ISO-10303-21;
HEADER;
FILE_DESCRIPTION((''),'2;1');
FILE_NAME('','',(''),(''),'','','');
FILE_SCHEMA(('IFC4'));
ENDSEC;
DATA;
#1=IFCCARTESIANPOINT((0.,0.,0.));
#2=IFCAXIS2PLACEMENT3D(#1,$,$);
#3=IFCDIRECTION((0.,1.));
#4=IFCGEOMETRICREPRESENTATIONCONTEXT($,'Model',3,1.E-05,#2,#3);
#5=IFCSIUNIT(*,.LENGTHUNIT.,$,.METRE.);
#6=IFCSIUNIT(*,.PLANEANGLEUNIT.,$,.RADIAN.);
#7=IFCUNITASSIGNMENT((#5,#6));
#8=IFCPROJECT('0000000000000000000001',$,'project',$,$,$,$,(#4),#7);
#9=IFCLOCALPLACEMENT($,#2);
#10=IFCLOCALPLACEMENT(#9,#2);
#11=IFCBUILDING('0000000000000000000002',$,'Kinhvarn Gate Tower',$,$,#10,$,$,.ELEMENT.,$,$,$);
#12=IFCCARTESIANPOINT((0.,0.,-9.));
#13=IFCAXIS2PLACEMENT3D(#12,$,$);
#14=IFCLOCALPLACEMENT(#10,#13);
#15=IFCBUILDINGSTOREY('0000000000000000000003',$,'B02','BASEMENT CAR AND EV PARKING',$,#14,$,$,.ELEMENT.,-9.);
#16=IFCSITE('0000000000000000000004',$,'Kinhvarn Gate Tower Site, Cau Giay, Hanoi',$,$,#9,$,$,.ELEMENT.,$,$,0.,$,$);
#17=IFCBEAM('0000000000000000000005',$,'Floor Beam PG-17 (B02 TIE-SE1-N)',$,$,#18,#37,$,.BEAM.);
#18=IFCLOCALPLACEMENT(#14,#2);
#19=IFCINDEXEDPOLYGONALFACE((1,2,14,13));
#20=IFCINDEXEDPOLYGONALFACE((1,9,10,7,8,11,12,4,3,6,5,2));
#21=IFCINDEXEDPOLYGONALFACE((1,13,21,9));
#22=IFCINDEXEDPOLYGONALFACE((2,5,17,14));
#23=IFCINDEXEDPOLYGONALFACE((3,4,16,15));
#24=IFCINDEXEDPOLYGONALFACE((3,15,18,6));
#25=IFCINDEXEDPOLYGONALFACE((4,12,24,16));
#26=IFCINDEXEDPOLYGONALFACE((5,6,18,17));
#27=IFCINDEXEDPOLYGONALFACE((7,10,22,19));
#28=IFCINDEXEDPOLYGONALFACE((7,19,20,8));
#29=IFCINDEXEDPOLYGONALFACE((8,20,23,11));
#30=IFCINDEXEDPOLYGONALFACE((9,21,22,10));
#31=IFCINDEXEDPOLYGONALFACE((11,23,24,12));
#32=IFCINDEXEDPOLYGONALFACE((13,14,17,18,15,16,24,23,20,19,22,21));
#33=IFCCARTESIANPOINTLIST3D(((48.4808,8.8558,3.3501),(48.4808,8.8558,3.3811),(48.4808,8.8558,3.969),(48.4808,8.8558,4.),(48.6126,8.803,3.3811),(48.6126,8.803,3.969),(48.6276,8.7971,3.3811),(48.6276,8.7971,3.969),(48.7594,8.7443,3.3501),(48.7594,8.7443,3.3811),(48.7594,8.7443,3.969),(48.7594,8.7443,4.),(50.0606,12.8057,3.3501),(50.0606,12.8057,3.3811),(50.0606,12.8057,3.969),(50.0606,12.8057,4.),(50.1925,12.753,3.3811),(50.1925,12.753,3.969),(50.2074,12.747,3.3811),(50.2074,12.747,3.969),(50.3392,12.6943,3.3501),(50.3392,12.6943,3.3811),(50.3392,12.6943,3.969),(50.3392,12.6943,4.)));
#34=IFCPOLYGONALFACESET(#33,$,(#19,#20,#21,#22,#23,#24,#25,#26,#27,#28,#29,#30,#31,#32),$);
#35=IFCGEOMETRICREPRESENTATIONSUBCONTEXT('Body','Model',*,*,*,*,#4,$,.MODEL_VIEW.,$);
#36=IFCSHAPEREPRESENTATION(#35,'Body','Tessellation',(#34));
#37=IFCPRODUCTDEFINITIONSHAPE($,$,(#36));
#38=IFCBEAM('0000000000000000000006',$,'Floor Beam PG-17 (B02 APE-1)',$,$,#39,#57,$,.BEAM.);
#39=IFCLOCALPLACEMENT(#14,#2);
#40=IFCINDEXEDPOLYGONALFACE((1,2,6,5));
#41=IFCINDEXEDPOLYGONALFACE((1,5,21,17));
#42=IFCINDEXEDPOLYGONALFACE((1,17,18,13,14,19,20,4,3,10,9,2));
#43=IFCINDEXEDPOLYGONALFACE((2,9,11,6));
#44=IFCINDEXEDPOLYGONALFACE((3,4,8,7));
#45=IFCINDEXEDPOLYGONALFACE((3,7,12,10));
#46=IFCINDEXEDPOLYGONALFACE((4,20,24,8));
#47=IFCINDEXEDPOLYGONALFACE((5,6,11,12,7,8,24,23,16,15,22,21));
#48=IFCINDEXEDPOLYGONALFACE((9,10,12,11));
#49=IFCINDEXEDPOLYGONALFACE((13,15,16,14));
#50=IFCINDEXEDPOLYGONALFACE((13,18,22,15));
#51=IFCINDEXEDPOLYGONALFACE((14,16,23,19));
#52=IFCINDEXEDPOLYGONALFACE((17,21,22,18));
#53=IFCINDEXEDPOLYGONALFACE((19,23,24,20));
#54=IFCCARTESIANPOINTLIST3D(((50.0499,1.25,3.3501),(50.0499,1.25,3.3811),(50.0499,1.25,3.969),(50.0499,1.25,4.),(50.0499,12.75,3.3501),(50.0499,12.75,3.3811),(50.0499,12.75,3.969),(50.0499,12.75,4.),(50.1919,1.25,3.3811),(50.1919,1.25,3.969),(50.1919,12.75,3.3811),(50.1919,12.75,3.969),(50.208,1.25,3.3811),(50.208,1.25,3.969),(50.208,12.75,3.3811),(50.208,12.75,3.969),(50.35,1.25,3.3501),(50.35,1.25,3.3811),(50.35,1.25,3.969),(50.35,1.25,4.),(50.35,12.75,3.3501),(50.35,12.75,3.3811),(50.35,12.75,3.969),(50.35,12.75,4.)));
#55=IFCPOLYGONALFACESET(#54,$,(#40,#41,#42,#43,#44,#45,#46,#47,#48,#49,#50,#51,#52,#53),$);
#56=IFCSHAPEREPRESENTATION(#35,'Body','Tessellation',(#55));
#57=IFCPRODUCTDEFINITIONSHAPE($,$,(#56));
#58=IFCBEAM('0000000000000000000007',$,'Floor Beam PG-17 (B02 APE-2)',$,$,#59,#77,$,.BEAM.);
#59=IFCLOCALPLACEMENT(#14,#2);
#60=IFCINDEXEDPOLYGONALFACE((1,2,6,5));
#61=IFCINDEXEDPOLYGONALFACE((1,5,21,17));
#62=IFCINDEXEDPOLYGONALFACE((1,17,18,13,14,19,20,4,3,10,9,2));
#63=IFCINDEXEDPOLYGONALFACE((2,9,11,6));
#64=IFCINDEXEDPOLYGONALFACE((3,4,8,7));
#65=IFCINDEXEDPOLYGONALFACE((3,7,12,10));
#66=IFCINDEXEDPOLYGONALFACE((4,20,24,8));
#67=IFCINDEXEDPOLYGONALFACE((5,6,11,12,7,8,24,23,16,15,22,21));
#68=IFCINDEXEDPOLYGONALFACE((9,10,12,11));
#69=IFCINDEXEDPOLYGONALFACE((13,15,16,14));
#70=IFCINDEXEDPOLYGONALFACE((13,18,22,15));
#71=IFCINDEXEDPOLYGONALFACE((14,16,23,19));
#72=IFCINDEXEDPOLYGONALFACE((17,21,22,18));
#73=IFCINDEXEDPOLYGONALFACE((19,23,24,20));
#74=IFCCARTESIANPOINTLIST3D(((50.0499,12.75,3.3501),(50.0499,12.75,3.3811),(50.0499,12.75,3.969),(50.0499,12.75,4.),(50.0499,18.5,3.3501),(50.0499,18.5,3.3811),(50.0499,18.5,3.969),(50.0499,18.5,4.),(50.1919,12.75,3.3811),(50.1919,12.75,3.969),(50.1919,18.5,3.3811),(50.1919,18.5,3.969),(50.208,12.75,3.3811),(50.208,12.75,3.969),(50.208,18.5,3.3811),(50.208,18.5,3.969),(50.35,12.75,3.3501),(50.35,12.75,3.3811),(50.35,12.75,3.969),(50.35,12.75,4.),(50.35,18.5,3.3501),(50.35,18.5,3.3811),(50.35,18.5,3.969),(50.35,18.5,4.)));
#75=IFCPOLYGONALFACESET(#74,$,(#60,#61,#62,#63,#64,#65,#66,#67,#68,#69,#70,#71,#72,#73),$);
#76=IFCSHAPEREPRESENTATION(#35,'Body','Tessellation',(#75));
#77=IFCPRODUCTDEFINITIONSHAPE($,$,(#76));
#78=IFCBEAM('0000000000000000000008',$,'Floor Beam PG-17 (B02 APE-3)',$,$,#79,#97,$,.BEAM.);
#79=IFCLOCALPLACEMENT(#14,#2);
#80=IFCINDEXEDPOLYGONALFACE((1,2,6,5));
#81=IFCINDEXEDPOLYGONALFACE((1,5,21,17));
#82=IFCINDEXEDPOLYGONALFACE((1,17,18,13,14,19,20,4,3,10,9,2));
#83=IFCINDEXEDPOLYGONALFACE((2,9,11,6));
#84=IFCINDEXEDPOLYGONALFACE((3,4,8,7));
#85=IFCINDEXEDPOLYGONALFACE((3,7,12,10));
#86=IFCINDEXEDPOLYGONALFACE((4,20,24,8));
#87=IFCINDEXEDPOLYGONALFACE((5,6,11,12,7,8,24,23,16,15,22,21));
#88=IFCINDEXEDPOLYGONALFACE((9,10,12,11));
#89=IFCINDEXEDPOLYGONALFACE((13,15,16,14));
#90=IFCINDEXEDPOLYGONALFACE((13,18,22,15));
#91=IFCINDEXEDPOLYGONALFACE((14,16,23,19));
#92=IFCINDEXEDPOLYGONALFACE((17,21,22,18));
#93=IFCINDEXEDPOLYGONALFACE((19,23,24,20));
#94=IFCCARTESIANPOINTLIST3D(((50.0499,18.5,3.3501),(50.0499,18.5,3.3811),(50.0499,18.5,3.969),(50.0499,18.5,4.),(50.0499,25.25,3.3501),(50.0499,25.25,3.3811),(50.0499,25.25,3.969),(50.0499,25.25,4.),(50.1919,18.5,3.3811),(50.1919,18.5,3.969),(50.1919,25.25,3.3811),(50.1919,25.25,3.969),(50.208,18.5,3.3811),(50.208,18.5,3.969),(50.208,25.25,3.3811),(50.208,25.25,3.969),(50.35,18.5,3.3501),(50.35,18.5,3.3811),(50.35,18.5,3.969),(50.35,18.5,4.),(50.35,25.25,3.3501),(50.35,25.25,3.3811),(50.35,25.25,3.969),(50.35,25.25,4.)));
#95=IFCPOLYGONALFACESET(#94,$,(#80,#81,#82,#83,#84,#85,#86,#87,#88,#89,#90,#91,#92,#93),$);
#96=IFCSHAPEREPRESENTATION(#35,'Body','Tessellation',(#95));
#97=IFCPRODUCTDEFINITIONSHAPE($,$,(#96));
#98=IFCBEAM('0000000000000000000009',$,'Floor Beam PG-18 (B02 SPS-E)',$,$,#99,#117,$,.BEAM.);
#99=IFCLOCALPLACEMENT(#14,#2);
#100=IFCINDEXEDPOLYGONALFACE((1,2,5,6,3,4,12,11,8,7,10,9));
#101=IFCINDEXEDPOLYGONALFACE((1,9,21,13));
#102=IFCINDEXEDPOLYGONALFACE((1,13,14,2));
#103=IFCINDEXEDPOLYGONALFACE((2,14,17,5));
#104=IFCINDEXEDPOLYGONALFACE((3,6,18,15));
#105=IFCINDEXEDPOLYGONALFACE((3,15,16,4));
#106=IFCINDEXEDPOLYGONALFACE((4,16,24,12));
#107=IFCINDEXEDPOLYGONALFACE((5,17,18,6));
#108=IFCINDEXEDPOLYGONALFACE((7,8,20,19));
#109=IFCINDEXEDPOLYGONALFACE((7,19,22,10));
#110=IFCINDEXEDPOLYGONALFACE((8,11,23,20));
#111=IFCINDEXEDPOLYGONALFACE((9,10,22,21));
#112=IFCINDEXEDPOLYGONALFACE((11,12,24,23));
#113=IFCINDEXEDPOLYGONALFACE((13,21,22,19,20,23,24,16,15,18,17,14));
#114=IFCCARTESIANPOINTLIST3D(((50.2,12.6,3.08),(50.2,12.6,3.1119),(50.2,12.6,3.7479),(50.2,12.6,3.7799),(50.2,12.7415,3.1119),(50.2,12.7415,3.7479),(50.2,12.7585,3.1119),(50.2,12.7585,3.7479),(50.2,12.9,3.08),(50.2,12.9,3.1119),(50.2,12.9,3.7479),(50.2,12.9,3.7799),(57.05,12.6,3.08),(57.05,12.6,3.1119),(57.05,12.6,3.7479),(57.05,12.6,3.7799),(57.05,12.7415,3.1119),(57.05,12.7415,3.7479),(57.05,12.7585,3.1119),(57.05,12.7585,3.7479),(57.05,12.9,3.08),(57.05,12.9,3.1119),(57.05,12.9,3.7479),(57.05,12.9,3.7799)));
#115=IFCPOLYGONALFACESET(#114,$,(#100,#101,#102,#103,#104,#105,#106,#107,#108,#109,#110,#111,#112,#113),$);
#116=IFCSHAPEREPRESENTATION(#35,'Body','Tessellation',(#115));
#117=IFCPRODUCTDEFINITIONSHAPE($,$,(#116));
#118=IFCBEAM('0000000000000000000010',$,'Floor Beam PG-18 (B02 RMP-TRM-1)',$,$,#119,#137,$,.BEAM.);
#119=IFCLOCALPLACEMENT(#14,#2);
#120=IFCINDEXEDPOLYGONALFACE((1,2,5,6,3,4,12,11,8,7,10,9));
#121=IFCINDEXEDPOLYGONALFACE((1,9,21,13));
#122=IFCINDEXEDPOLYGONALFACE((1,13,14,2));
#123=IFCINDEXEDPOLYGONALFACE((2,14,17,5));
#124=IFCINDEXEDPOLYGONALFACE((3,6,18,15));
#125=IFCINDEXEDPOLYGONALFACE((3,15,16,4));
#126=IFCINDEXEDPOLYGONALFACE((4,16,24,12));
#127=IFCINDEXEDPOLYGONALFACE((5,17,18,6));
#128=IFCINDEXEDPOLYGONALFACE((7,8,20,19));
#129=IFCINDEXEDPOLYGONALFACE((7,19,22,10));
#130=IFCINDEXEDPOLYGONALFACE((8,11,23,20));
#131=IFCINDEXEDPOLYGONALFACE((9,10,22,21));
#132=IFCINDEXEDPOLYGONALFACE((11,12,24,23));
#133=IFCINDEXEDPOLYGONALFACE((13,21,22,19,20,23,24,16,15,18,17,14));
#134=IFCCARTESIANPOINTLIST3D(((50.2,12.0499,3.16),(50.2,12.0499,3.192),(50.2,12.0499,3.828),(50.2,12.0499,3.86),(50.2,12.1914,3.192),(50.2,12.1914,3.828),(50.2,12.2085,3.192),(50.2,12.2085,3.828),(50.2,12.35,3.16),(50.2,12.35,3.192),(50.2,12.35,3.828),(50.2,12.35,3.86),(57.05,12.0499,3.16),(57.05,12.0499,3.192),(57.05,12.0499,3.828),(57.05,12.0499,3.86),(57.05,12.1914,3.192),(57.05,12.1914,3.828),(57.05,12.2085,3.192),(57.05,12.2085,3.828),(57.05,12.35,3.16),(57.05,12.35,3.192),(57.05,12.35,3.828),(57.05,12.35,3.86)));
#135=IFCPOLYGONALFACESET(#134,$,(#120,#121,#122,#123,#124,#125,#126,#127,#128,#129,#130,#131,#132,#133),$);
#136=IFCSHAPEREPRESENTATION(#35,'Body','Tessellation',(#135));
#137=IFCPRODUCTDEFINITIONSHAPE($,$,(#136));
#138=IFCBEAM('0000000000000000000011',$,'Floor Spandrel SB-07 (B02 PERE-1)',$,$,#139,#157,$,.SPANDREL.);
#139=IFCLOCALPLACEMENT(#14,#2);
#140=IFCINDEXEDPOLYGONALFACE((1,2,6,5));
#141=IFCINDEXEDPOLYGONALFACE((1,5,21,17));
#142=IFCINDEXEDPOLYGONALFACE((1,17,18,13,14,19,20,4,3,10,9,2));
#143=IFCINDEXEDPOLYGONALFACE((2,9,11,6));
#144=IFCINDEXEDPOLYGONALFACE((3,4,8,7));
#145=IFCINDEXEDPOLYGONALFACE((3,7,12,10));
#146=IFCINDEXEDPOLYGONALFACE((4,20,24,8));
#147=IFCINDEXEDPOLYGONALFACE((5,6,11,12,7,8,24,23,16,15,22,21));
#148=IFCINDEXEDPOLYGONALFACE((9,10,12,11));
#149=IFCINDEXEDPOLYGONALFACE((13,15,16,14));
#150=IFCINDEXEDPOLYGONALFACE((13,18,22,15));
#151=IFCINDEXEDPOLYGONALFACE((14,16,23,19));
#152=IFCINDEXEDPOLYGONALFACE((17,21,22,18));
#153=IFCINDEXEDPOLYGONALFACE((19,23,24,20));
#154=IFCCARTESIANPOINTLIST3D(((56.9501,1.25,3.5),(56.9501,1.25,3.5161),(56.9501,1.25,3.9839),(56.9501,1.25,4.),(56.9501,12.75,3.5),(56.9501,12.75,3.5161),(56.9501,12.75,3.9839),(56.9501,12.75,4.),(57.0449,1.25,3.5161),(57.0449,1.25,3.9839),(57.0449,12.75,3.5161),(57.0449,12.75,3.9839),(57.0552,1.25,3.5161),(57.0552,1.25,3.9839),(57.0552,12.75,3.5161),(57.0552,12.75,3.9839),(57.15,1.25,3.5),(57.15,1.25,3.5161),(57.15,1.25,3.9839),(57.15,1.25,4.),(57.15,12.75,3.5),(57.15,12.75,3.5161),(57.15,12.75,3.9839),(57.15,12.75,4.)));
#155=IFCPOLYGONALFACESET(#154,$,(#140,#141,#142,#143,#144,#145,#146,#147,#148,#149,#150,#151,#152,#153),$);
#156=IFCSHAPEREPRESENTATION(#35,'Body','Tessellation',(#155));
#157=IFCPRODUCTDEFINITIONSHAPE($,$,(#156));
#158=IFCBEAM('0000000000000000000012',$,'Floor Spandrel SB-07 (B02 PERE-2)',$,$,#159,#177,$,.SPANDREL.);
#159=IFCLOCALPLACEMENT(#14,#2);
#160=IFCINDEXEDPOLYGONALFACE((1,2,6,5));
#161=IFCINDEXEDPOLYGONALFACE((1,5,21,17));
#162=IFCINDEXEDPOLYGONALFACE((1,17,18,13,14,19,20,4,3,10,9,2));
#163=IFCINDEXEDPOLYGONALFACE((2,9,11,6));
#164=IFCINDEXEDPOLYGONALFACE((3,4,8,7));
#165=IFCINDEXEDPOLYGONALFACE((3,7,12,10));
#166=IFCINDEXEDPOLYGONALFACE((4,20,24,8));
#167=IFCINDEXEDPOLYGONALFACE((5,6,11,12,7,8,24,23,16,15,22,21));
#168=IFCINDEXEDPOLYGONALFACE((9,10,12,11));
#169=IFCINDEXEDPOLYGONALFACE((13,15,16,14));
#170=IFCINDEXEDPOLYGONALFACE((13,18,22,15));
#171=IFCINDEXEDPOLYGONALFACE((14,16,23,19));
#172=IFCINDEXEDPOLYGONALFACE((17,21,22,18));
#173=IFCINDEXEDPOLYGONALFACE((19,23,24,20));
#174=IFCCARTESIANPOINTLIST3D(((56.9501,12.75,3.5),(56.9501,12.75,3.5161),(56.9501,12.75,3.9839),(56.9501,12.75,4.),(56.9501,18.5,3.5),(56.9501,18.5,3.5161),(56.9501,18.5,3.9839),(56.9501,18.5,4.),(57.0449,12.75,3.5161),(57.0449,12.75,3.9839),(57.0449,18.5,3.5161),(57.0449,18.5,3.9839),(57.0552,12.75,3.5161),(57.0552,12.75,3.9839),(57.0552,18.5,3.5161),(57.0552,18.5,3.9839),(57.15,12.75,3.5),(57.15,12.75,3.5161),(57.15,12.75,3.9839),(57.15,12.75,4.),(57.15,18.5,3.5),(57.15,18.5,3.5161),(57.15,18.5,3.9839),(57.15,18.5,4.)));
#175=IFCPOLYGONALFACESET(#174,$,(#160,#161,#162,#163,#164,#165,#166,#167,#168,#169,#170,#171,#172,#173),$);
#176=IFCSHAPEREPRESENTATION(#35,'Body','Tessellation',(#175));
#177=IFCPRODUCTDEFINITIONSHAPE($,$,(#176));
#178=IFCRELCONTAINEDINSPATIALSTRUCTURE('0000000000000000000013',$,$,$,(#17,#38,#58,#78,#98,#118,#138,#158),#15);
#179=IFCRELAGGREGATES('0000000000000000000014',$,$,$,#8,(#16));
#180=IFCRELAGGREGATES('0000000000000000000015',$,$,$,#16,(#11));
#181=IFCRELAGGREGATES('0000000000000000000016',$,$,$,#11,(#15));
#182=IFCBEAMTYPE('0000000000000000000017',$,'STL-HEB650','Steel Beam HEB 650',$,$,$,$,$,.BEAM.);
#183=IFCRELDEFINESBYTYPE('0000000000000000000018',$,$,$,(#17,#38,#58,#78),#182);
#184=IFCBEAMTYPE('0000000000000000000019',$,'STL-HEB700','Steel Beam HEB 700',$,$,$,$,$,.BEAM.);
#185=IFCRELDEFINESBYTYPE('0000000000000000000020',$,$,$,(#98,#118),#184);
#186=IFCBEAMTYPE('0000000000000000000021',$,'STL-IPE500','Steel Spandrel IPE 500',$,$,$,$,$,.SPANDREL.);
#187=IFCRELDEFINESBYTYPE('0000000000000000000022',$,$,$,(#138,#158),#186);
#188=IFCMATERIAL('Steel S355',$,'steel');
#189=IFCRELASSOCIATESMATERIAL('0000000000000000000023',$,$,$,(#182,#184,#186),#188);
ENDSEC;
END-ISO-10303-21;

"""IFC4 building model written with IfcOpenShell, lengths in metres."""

from ifc_helpers import new_model, si_unit, direction, frame, origin, origin_2d, place, context, subcontext, project, spatial, i_section, extrude, material, material_profile, profile_set, type_object, element, save


model = new_model("IFC4")

# Units and contexts
model_context = context("Model", 3, precision=1e-05, world=origin(), true_north=direction((0.0, 1.0)))
body_context = subcontext(model_context, "Body", "Model", "MODEL_VIEW")
ifc_project = project(units=[si_unit("LENGTHUNIT", "METRE"), si_unit("PLANEANGLEUNIT", "RADIAN")], contexts=[model_context])

# Site, building, storey
site_placement = place(None, origin())
site = spatial("IfcSite", under=ifc_project, at=site_placement, Name="Kinhvarn Gate Tower Site, Cau Giay, Hanoi", CompositionType="ELEMENT", RefElevation=0.0)
building_placement = place(site_placement, origin())
building = spatial("IfcBuilding", under=site, at=building_placement, Name="Kinhvarn Gate Tower", CompositionType="ELEMENT")
storey_placement = place(building_placement, frame((0.0, 0.0, -9.0)))
storey = spatial("IfcBuildingStorey", under=building, at=storey_placement, Name="B02", Description="BASEMENT CAR AND EV PARKING", CompositionType="ELEMENT", Elevation=-9.0)

# Beams
ifc_material_1 = material(Name="Steel S355", Category="steel")
ifc_material_profile_1 = material_profile(ifc_material_1, i_section(OverallWidth=0.3, OverallDepth=0.6499, WebThickness=0.0161, FlangeThickness=0.031, at=origin_2d()), Name="HEB 650")
ifc_profile_set_1 = profile_set([ifc_material_profile_1], Name="Steel S355")
beam_type_1 = type_object("IfcBeamType", Name="STL-HEB650", Description="Steel Beam HEB 650", PredefinedType="BEAM", material=ifc_profile_set_1)
beam_1_placement = place(storey_placement, frame((48.6201, 8.8, 3.675), z_axis=(0.371361, 0.928489, 0.0), x_axis=(-0.928489, 0.371361, 0.0)))
element("IfcBeam", 1, at=beam_1_placement, inside=storey, type_object=beam_type_1, Name="Floor Beam PG-17 (B02 TIE-SE1-N)", PredefinedType="BEAM", context=body_context, shape_type="SweptSolid", body=[
    extrude(i_section(OverallWidth=0.3, OverallDepth=0.6499, WebThickness=0.0161, FlangeThickness=0.031, at=origin_2d()), origin(), (0.0, 0.0, 1.0), 4.2542),
])
beam_2_placement = place(storey_placement, frame((50.2, 1.25, 3.675), z_axis=(0.0, 1.0, 0.0), x_axis=(-1.0, 0.0, 0.0)))
element("IfcBeam", 2, at=beam_2_placement, inside=storey, type_object=beam_type_1, Name="Floor Beam PG-17 (B02 APE-1)", PredefinedType="BEAM", context=body_context, shape_type="SweptSolid", body=[
    extrude(i_section(OverallWidth=0.3, OverallDepth=0.6499, WebThickness=0.0161, FlangeThickness=0.031, at=origin_2d()), origin(), (0.0, 0.0, 1.0), 11.5),
])
beam_3_placement = place(storey_placement, frame((50.2, 12.75, 3.675), z_axis=(0.0, 1.0, 0.0), x_axis=(-1.0, 0.0, 0.0)))
element("IfcBeam", 3, at=beam_3_placement, inside=storey, type_object=beam_type_1, Name="Floor Beam PG-17 (B02 APE-2)", PredefinedType="BEAM", context=body_context, shape_type="SweptSolid", body=[
    extrude(i_section(OverallWidth=0.3, OverallDepth=0.6499, WebThickness=0.0161, FlangeThickness=0.031, at=origin_2d()), origin(), (0.0, 0.0, 1.0), 5.75),
])
beam_4_placement = place(storey_placement, frame((50.2, 18.5, 3.675), z_axis=(0.0, 1.0, 0.0), x_axis=(-1.0, 0.0, 0.0)))
element("IfcBeam", 4, at=beam_4_placement, inside=storey, type_object=beam_type_1, Name="Floor Beam PG-17 (B02 APE-3)", PredefinedType="BEAM", context=body_context, shape_type="SweptSolid", body=[
    extrude(i_section(OverallWidth=0.3, OverallDepth=0.6499, WebThickness=0.0161, FlangeThickness=0.031, at=origin_2d()), origin(), (0.0, 0.0, 1.0), 6.75),
])
ifc_material_profile_2 = material_profile(ifc_material_1, i_section(OverallWidth=0.3, OverallDepth=0.7, WebThickness=0.0171, FlangeThickness=0.032, at=origin_2d()), Name="HEB 700")
ifc_profile_set_2 = profile_set([ifc_material_profile_2], Name="Steel S355")
beam_type_2 = type_object("IfcBeamType", Name="STL-HEB700", Description="Steel Beam HEB 700", PredefinedType="BEAM", material=ifc_profile_set_2)
for number, where, z_axis, x_axis, name in (
    (5, (50.2, 12.75, 3.4299), (1.0, 0.0, 0.0), (0.0, 1.0, 0.0), "Floor Beam PG-18 (B02 SPS-E)"),
    (6, (50.2, 12.2, 3.51), (1.0, 0.0, 0.0), (0.0, 1.0, 0.0), "Floor Beam PG-18 (B02 RMP-TRM-1)"),
):
    element("IfcBeam", number, at=place(storey_placement, frame(where, z_axis=z_axis, x_axis=x_axis)), inside=storey, type_object=beam_type_2, Name=name, PredefinedType="BEAM", context=body_context, shape_type="SweptSolid", body=[
        extrude(i_section(OverallWidth=0.3, OverallDepth=0.7, WebThickness=0.0171, FlangeThickness=0.032, at=origin_2d()), origin(), (0.0, 0.0, 1.0), 6.8501),
    ])
ifc_material_profile_3 = material_profile(ifc_material_1, i_section(OverallWidth=0.2, OverallDepth=0.5, WebThickness=0.0103, FlangeThickness=0.0161, at=origin_2d()), Name="IPE 500")
ifc_profile_set_3 = profile_set([ifc_material_profile_3], Name="Steel S355")
beam_type_3 = type_object("IfcBeamType", Name="STL-IPE500", Description="Steel Spandrel IPE 500", PredefinedType="SPANDREL", material=ifc_profile_set_3)
beam_5_placement = place(storey_placement, frame((57.05, 1.25, 3.75), z_axis=(0.0, 1.0, 0.0), x_axis=(-1.0, 0.0, 0.0)))
element("IfcBeam", 7, at=beam_5_placement, inside=storey, type_object=beam_type_3, Name="Floor Spandrel SB-07 (B02 PERE-1)", PredefinedType="SPANDREL", context=body_context, shape_type="SweptSolid", body=[
    extrude(i_section(OverallWidth=0.2, OverallDepth=0.5, WebThickness=0.0103, FlangeThickness=0.0161, at=origin_2d()), origin(), (0.0, 0.0, 1.0), 11.5),
])
beam_6_placement = place(storey_placement, frame((57.05, 12.75, 3.75), z_axis=(0.0, 1.0, 0.0), x_axis=(-1.0, 0.0, 0.0)))
element("IfcBeam", 8, at=beam_6_placement, inside=storey, type_object=beam_type_3, Name="Floor Spandrel SB-07 (B02 PERE-2)", PredefinedType="SPANDREL", context=body_context, shape_type="SweptSolid", body=[
    extrude(i_section(OverallWidth=0.2, OverallDepth=0.5, WebThickness=0.0103, FlangeThickness=0.0161, at=origin_2d()), origin(), (0.0, 0.0, 1.0), 5.75),
])

save(model, "model.ifc")
